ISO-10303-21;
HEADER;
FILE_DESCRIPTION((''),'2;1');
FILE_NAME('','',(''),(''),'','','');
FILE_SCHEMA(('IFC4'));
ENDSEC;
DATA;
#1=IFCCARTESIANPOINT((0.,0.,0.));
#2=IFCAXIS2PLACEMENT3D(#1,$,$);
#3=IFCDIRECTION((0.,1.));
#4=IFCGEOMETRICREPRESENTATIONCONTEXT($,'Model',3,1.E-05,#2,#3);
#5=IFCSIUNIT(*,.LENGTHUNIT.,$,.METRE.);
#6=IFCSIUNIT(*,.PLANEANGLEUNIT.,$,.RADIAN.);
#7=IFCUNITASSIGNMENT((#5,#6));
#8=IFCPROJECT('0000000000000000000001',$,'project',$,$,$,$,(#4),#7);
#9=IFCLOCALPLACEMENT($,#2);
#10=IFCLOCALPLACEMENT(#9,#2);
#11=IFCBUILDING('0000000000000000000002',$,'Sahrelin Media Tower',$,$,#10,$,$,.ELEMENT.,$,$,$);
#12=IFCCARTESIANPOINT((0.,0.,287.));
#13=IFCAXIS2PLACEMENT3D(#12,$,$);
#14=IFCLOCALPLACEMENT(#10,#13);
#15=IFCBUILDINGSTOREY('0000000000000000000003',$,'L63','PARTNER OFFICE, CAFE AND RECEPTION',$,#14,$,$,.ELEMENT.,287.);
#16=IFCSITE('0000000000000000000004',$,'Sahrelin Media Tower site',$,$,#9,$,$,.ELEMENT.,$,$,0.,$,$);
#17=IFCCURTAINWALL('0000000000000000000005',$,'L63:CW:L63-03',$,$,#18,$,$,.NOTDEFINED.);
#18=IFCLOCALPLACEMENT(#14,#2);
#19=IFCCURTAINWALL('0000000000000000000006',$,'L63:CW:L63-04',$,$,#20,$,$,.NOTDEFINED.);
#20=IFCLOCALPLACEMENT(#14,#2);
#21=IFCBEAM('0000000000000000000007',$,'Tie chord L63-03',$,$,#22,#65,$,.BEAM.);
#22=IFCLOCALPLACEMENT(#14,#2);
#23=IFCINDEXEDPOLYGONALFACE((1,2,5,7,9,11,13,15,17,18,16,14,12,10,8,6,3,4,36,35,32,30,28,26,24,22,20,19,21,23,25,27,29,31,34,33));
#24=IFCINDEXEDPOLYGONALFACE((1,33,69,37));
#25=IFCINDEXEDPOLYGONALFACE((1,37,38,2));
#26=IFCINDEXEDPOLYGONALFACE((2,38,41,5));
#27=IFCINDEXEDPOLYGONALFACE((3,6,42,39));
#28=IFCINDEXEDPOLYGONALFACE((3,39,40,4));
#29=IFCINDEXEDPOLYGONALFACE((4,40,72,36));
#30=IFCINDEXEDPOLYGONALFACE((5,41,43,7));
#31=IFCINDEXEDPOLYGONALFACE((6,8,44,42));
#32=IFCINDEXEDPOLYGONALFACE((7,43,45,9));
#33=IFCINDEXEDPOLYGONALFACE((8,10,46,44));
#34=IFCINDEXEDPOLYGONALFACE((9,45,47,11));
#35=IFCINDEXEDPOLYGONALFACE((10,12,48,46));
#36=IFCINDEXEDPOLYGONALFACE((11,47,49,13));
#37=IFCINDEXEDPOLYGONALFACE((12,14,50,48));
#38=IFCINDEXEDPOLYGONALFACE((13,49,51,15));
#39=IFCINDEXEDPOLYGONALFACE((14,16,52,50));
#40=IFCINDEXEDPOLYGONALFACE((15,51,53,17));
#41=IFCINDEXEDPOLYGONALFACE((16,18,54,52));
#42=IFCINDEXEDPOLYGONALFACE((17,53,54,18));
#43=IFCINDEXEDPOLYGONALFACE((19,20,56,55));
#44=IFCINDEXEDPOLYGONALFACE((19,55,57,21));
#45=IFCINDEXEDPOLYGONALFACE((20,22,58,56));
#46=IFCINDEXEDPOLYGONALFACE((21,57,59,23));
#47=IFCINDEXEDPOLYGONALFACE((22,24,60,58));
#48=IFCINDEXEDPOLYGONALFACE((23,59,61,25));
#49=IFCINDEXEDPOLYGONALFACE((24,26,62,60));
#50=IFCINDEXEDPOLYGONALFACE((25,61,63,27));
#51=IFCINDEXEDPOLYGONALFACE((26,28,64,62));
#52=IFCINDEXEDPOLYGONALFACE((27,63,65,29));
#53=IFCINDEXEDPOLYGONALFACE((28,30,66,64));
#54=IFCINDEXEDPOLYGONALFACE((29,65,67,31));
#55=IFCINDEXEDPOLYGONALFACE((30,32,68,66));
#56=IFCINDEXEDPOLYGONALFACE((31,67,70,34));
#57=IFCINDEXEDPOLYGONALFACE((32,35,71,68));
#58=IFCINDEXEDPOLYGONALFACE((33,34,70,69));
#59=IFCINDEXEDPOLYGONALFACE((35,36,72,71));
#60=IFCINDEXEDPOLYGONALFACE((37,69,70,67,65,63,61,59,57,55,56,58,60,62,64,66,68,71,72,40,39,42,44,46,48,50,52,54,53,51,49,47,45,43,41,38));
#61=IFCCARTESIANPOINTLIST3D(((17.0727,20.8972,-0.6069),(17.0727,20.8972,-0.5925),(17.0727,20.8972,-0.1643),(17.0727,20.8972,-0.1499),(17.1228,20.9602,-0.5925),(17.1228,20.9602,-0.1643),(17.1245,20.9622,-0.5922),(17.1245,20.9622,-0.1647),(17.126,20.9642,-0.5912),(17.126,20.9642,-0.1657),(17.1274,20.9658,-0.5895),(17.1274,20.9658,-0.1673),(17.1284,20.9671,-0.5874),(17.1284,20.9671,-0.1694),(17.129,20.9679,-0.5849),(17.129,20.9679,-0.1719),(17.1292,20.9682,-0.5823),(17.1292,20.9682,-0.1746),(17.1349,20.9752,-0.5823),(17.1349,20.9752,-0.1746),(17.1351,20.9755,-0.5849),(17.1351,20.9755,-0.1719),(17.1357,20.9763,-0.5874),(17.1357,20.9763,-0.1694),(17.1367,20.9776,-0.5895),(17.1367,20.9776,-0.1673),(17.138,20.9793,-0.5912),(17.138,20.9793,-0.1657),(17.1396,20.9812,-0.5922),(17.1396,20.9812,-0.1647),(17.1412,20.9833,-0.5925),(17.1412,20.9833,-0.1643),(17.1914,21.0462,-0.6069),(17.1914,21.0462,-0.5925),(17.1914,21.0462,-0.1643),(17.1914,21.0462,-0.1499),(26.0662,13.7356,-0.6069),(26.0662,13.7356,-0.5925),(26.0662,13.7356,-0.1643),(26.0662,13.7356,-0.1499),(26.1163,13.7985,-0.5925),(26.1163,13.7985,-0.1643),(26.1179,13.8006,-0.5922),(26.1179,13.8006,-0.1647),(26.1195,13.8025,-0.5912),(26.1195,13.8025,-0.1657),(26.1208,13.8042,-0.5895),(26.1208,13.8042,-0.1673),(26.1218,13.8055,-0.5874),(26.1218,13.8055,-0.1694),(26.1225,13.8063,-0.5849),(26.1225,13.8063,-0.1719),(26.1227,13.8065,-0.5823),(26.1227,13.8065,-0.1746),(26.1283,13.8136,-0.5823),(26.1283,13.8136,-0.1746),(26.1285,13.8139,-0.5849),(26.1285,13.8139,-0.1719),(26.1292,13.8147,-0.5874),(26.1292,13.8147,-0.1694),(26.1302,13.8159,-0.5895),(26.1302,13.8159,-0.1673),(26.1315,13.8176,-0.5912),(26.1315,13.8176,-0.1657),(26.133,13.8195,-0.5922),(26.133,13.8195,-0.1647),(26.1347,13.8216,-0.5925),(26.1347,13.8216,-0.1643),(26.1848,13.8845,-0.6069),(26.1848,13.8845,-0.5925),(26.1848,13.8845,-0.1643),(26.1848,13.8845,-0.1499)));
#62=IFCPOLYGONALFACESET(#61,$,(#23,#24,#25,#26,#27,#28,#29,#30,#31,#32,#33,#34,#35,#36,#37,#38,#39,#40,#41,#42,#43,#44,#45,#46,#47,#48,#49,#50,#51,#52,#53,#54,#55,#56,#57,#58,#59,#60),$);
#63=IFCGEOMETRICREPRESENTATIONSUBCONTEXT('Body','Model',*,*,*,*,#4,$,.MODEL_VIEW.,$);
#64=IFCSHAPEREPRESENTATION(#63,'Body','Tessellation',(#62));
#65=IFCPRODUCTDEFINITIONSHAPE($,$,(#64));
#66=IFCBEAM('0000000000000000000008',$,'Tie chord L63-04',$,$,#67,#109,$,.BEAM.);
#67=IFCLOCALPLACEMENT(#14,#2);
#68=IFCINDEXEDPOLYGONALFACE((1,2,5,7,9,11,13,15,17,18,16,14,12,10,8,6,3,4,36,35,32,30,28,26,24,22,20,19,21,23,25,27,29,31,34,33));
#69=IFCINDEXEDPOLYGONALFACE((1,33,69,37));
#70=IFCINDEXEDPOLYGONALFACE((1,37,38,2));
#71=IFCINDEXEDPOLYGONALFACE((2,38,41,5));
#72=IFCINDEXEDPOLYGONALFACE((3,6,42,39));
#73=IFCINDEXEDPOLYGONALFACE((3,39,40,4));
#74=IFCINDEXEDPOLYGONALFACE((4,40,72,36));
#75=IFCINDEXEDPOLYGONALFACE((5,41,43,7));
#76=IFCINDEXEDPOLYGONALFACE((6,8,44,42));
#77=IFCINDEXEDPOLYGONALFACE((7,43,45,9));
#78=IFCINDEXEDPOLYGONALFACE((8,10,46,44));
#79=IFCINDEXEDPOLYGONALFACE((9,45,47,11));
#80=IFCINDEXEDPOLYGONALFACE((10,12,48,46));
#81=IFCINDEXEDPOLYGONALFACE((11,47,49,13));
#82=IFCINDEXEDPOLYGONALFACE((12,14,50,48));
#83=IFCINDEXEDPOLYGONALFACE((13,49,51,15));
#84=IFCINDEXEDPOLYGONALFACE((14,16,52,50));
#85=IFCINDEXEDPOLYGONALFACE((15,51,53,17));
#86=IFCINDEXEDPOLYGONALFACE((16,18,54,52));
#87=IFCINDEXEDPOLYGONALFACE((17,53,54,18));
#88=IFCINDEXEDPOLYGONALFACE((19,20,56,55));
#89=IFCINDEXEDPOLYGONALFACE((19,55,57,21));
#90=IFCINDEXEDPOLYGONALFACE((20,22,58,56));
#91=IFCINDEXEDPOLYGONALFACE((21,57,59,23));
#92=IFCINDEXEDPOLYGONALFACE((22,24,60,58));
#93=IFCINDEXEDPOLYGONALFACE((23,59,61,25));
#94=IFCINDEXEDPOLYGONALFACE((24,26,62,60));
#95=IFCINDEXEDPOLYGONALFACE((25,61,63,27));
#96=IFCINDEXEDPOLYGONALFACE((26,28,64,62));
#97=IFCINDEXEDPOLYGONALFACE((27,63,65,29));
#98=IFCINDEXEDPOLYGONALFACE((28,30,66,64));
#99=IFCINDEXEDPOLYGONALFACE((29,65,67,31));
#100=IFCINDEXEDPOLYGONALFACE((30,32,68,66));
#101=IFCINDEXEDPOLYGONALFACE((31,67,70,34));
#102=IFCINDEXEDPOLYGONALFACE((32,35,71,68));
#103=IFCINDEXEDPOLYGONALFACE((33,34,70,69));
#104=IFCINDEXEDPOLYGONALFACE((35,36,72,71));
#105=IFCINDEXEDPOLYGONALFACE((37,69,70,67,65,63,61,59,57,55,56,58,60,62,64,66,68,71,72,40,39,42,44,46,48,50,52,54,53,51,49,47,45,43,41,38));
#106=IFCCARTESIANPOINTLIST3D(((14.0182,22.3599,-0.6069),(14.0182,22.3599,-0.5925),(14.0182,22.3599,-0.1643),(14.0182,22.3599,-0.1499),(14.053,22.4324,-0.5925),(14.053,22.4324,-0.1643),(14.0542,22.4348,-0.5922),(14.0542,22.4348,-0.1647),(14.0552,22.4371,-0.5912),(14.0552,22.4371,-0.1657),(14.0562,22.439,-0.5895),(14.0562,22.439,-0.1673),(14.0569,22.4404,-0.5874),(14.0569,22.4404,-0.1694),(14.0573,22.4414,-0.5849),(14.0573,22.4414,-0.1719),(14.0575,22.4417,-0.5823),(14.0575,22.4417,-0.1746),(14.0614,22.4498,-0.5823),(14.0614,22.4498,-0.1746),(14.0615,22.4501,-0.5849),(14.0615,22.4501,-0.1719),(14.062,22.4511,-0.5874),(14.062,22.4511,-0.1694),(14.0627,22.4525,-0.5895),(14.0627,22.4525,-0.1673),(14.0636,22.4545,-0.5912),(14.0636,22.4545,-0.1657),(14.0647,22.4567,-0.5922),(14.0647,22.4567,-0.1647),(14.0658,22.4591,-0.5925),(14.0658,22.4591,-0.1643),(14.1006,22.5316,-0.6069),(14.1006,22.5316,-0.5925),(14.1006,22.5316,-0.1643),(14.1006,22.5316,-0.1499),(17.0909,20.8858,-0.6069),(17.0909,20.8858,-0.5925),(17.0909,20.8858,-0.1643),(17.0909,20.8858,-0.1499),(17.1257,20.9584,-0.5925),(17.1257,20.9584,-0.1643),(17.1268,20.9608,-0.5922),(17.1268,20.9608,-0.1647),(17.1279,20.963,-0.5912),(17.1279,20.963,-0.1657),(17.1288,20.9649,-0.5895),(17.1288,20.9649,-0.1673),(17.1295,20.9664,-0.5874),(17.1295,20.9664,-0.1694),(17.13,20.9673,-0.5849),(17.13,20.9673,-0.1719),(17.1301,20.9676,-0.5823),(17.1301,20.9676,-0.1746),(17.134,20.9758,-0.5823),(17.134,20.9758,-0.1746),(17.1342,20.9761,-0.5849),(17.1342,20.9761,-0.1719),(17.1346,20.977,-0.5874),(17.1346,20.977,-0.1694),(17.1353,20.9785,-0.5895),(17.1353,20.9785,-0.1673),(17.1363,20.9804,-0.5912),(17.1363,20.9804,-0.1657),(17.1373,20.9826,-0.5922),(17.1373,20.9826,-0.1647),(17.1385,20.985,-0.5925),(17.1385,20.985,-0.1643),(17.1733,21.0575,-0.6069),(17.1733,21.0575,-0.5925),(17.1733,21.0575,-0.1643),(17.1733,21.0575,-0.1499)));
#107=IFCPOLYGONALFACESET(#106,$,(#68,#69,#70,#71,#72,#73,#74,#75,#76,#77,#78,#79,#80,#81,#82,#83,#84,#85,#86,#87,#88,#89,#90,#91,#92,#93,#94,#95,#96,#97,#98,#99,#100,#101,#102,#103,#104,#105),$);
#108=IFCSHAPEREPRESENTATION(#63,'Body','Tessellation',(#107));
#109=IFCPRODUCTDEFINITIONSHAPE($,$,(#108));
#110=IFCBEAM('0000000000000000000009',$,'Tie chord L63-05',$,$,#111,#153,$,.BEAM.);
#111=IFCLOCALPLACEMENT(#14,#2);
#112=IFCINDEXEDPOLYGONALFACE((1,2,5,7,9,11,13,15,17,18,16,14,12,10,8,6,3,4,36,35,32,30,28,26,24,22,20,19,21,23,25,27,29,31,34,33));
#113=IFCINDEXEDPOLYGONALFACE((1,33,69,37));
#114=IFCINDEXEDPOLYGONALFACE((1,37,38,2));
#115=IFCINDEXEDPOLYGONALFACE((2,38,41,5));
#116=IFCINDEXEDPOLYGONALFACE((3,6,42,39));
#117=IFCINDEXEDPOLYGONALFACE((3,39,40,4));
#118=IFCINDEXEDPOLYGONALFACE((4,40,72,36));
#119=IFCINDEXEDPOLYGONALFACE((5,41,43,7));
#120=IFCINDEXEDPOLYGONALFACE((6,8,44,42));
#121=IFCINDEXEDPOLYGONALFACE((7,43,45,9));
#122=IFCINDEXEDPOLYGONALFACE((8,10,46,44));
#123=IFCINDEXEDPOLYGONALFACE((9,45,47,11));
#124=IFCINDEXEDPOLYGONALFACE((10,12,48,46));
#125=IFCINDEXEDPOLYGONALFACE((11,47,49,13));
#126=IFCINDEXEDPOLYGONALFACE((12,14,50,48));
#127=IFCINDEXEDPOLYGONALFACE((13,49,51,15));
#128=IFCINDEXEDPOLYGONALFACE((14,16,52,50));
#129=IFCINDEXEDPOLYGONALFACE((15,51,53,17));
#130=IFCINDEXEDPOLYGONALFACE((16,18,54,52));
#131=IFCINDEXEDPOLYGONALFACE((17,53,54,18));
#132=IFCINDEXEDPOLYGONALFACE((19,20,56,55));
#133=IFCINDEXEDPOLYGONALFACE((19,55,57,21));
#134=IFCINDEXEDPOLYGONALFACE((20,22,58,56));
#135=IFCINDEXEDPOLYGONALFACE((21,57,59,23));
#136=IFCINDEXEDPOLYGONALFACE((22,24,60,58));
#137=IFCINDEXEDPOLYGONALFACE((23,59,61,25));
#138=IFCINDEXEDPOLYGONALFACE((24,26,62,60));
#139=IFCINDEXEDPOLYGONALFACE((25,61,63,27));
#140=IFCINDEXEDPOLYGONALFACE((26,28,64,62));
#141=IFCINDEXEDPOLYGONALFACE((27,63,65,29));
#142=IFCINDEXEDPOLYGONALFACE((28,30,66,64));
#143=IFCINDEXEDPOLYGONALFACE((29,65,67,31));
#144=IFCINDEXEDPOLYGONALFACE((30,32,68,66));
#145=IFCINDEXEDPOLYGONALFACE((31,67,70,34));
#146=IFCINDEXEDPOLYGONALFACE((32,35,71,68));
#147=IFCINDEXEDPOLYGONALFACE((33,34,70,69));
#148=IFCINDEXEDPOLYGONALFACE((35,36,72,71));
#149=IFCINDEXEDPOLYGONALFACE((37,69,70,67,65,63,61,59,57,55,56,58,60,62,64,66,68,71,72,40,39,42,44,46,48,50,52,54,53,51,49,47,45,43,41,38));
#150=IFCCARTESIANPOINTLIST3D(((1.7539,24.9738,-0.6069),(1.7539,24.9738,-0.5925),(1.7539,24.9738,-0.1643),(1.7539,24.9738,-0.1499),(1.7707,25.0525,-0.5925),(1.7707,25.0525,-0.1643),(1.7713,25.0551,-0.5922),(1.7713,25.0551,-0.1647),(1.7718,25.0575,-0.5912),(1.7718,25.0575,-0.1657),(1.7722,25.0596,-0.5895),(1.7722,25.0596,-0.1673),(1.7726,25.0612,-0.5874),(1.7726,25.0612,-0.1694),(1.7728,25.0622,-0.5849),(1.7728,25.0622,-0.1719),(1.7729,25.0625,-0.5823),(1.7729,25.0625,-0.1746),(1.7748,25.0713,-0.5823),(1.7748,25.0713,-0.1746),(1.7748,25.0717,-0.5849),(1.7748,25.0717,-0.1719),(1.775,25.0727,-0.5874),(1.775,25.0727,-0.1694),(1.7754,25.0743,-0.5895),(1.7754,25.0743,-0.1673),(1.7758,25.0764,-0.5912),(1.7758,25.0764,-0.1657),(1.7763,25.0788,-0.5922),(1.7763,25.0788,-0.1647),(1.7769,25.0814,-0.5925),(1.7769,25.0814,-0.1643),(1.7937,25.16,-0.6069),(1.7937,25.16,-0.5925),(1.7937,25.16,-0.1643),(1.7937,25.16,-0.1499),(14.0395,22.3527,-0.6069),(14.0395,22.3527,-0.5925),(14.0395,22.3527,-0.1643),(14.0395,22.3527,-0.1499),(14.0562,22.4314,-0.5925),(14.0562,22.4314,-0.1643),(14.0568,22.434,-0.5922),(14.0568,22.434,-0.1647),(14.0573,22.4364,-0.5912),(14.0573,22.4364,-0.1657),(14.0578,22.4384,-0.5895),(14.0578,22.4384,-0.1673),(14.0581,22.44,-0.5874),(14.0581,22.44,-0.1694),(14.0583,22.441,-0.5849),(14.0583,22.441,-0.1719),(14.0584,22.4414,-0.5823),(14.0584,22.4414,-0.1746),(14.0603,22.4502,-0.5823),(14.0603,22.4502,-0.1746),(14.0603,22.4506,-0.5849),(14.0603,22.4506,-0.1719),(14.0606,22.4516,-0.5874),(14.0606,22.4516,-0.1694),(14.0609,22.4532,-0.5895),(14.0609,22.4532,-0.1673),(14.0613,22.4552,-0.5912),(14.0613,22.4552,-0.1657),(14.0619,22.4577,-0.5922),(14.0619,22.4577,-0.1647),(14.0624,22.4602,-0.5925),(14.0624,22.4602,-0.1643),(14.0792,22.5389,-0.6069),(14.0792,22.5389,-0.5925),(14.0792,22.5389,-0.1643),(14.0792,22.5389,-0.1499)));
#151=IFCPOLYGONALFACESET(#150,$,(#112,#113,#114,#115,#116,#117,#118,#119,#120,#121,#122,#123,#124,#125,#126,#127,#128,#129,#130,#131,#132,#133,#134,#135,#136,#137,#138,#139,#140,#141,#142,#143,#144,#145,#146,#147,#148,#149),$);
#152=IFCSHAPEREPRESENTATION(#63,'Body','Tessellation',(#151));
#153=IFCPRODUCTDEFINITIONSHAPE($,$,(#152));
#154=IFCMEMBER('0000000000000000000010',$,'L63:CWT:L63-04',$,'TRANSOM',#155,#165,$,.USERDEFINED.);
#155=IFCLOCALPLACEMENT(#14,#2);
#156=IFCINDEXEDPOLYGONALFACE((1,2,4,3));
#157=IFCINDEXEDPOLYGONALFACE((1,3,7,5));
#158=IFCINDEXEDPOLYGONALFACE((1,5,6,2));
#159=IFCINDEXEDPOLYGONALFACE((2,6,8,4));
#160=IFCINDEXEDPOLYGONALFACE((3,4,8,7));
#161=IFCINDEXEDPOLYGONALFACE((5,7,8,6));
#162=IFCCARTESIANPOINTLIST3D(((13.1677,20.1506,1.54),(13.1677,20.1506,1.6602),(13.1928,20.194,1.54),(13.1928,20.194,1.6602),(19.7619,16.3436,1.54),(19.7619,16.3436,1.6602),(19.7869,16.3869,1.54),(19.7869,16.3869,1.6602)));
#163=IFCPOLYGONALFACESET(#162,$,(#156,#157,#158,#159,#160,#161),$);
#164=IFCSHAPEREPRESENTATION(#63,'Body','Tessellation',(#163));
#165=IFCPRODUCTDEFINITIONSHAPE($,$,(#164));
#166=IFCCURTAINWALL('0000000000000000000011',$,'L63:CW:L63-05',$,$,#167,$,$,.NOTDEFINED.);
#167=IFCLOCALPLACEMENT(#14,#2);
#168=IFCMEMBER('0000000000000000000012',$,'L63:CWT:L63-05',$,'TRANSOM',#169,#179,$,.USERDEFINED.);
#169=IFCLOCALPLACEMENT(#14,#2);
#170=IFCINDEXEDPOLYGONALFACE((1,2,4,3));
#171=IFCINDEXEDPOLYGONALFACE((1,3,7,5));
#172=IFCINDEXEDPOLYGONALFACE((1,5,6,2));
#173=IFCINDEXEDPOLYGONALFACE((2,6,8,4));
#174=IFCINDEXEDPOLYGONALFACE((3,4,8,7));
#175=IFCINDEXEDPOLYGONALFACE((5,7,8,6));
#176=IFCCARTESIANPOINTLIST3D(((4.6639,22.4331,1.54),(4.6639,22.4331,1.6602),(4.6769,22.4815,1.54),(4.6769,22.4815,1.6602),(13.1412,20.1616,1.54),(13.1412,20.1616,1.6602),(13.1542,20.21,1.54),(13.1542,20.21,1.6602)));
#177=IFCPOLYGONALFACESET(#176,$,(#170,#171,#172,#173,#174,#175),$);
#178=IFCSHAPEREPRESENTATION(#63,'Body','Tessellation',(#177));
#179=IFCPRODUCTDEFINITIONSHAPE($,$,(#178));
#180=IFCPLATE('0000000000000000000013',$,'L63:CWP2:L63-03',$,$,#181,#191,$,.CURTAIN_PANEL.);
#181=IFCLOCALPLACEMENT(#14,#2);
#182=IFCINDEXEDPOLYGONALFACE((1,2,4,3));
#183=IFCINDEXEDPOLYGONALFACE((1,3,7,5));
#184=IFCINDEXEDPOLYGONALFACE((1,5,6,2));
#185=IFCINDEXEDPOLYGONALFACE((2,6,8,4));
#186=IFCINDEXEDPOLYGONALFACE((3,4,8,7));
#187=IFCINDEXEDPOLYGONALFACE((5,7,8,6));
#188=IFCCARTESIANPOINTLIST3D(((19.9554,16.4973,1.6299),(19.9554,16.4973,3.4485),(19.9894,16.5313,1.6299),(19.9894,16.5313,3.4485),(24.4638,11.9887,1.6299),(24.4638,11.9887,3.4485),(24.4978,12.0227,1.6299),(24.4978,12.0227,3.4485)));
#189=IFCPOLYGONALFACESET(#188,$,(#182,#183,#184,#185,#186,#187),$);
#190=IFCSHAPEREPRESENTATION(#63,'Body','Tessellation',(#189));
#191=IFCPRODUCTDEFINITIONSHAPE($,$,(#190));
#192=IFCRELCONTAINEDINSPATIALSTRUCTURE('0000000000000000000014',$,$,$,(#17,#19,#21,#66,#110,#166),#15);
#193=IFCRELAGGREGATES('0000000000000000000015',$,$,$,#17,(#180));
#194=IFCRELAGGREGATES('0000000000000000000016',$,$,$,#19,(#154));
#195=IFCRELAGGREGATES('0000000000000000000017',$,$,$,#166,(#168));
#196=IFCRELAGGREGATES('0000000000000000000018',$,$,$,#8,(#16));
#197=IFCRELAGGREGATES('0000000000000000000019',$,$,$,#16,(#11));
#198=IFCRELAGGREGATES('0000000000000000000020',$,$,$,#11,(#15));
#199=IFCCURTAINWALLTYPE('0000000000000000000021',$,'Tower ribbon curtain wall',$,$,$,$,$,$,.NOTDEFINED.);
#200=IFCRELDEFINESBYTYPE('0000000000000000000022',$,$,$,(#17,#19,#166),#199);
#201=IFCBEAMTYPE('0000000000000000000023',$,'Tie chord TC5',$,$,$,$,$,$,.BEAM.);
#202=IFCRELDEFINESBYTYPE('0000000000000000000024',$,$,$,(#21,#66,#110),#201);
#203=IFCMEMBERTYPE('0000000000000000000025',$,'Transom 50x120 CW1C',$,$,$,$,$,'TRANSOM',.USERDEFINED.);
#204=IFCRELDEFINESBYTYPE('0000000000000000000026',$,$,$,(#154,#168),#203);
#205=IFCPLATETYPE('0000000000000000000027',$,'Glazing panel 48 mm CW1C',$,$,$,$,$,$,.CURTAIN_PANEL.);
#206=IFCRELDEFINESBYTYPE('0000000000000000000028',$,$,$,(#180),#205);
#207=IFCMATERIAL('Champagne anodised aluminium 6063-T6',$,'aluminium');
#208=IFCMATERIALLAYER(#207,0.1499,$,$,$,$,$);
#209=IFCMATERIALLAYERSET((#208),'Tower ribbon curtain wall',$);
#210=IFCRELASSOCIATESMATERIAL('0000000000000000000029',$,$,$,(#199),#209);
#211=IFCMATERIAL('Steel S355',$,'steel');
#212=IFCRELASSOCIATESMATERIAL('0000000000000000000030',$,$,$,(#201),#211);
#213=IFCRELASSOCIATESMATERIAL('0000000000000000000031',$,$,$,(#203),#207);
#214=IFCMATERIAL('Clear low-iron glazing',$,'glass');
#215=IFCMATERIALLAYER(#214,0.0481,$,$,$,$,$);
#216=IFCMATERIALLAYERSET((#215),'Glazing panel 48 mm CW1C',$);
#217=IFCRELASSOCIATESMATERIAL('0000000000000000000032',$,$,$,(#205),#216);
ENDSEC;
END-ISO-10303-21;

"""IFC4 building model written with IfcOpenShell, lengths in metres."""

from ifc_helpers import new_model, si_unit, direction, frame, origin, origin_2d, place, context, subcontext, project, spatial, polyline, rectangle, i_section, outline, extrude, material, layer, layer_set, material_profile, profile_set, type_object, element, aggregate, save


model = new_model("IFC4")

# Units and contexts
model_context = context("Model", 3, precision=1e-05, world=origin(), true_north=direction((0.0, 1.0)))
body_context = subcontext(model_context, "Body", "Model", "MODEL_VIEW")
ifc_project = project(units=[si_unit("LENGTHUNIT", "METRE"), si_unit("PLANEANGLEUNIT", "RADIAN")], contexts=[model_context])

# Site, building, storey
site_placement = place(None, origin())
site = spatial("IfcSite", under=ifc_project, at=site_placement, Name="Sahrelin Media Tower site", CompositionType="ELEMENT", RefElevation=0.0)
building_placement = place(site_placement, origin())
building = spatial("IfcBuilding", under=site, at=building_placement, Name="Sahrelin Media Tower", CompositionType="ELEMENT")
storey_placement = place(building_placement, frame((0.0, 0.0, 287.0)))
storey = spatial("IfcBuildingStorey", under=building, at=storey_placement, Name="L63", Description="PARTNER OFFICE, CAFE AND RECEPTION", CompositionType="ELEMENT", Elevation=287.0)

# Shared definitions
ifc_material_1 = material(Name="Steel S355", Category="steel")

# Curtain walls
ifc_material_2 = material(Name="Champagne anodised aluminium 6063-T6", Category="aluminium")
ifc_layer_1 = layer(ifc_material_2, 0.1499)
ifc_layer_set_1 = layer_set([ifc_layer_1], Name="Tower ribbon curtain wall")
curtain_wall_type = type_object("IfcCurtainWallType", Name="Tower ribbon curtain wall", PredefinedType="NOTDEFINED", material=ifc_layer_set_1)
curtain_wall_1_placement = place(storey_placement, frame((22.2295, 14.2627, 0.0), z_axis=(0.0, 0.0, 1.0), x_axis=(1.0, 0.0, 0.0)))
curtain_wall_1 = element("IfcCurtainWall", 1, at=curtain_wall_1_placement, inside=storey, type_object=curtain_wall_type, Name="L63:CW:L63-03", PredefinedType="NOTDEFINED")
curtain_wall_2_placement = place(storey_placement, frame((16.5999, 18.481, 0.0), z_axis=(0.0, 0.0, 1.0), x_axis=(1.0, 0.0, 0.0)))
curtain_wall_2 = element("IfcCurtainWall", 2, at=curtain_wall_2_placement, inside=storey, type_object=curtain_wall_type, Name="L63:CW:L63-04", PredefinedType="NOTDEFINED")

# Beams
ifc_material_profile_1 = material_profile(ifc_material_1, i_section(OverallWidth=0.1904, OverallDepth=0.457, WebThickness=0.009, FlangeThickness=0.0144, FilletRadius=0.0103, at=origin_2d()), Name="UB 457x191x74")
ifc_profile_set_1 = profile_set([ifc_material_profile_1], Name="Steel S355")
beam_type_1 = type_object("IfcBeamType", Name="Tie chord TC5", PredefinedType="BEAM", material=ifc_profile_set_1)
beam_1_placement = place(storey_placement, frame((26.1255, 13.8101, -0.3784), z_axis=(-0.782272, 0.622938, 0.0), x_axis=(-0.622938, -0.782272, 0.0)))
element("IfcBeam", 3, at=beam_1_placement, inside=storey, type_object=beam_type_1, Name="Tie chord L63-03", PredefinedType="BEAM", context=body_context, shape_type="SweptSolid", body=[
    extrude(i_section(OverallWidth=0.1904, OverallDepth=0.457, WebThickness=0.009, FlangeThickness=0.0144, FilletRadius=0.0103, at=origin_2d()), origin(), (0.0, 0.0, 1.0), 11.4966),
])
beam_2_placement = place(storey_placement, frame((17.1321, 20.9717, -0.3784), z_axis=(-0.901615, 0.43254, 0.0), x_axis=(-0.43254, -0.901615, 0.0)))
element("IfcBeam", 4, at=beam_2_placement, inside=storey, type_object=beam_type_1, Name="Tie chord L63-04", PredefinedType="BEAM", context=body_context, shape_type="SweptSolid", body=[
    extrude(i_section(OverallWidth=0.1904, OverallDepth=0.457, WebThickness=0.009, FlangeThickness=0.0144, FilletRadius=0.0103, at=origin_2d()), origin(), (0.0, 0.0, 1.0), 3.408),
])
beam_3_placement = place(storey_placement, frame((14.0593, 22.4458, -0.3784), z_axis=(-0.977989, 0.208654, 0.0), x_axis=(-0.208654, -0.977989, 0.0)))
element("IfcBeam", 5, at=beam_3_placement, inside=storey, type_object=beam_type_1, Name="Tie chord L63-05", PredefinedType="BEAM", context=body_context, shape_type="SweptSolid", body=[
    extrude(i_section(OverallWidth=0.1904, OverallDepth=0.457, WebThickness=0.009, FlangeThickness=0.0144, FilletRadius=0.0103, at=origin_2d()), origin(), (0.0, 0.0, 1.0), 12.562),
])

# Member
ifc_material_profile_2 = material_profile(ifc_material_2, rectangle(XDim=0.05, YDim=0.1201, at=origin_2d()), Name="Transom 50x120")
ifc_profile_set_2 = profile_set([ifc_material_profile_2], Name="Champagne anodised aluminium 6063-T6")
member_type_1 = type_object("IfcMemberType", Name="Transom 50x120 CW1C", ElementType="TRANSOM", PredefinedType="USERDEFINED", material=ifc_profile_set_2)
member_1_placement = place(storey_placement, frame((19.7744, 16.3652, 1.6001), z_axis=(-0.866029, 0.499994, 0.0), x_axis=(-0.499994, -0.866029, 0.0)))
member_1 = element("IfcMember", 6, at=member_1_placement, type_object=member_type_1, Name="L63:CWT:L63-04", ObjectType="TRANSOM", PredefinedType="USERDEFINED", context=body_context, shape_type="SweptSolid", body=[
    extrude(rectangle(XDim=0.05, YDim=0.1201, at=origin_2d()), origin(), (0.0, 0.0, 1.0), 7.6143),
])

# Curtain wall, member
curtain_wall_3_placement = place(storey_placement, frame((8.9724, 21.5581, 0.0), z_axis=(0.0, 0.0, 1.0), x_axis=(1.0, 0.0, 0.0)))
curtain_wall_3 = element("IfcCurtainWall", 7, at=curtain_wall_3_placement, inside=storey, type_object=curtain_wall_type, Name="L63:CW:L63-05", PredefinedType="NOTDEFINED")
member_2_placement = place(storey_placement, frame((13.1477, 20.1858, 1.6001), z_axis=(-0.965926, 0.258819, 0.0), x_axis=(-0.258819, -0.965926, 0.0)))
member_2 = element("IfcMember", 8, at=member_2_placement, type_object=member_type_1, Name="L63:CWT:L63-05", ObjectType="TRANSOM", PredefinedType="USERDEFINED", context=body_context, shape_type="SweptSolid", body=[
    extrude(rectangle(XDim=0.05, YDim=0.1201, at=origin_2d()), origin(), (0.0, 0.0, 1.0), 8.7764),
])

# Plate
ifc_material_3 = material(Name="Clear low-iron glazing", Category="glass")
ifc_layer_2 = layer(ifc_material_3, 0.0481)
ifc_layer_set_2 = layer_set([ifc_layer_2], Name="Glazing panel 48 mm CW1C")
plate_type_1 = type_object("IfcPlateType", Name="Glazing panel 48 mm CW1C", PredefinedType="CURTAIN_PANEL", material=ifc_layer_set_2)
plate_1_placement = place(storey_placement, frame((24.4978, 12.0227, 1.6299), z_axis=(0.707126, 0.707088, 0.0), x_axis=(-0.707088, 0.707126, 0.0)))
plate_1 = element("IfcPlate", 9, at=plate_1_placement, type_object=plate_type_1, Name="L63:CWP2:L63-03", PredefinedType="CURTAIN_PANEL", context=body_context, shape_type="SweptSolid", body=[
    extrude(outline(polyline([(0.0, 0.0), (6.376, 0.0), (6.376, 1.8186), (0.0, 1.8186), (0.0, 0.0)])), origin(), (0.0, 0.0, -1.0), 0.0481),
])
aggregate(curtain_wall_1, [plate_1])
aggregate(curtain_wall_2, [member_1])
aggregate(curtain_wall_3, [member_2])

save(model, "model.ifc")
